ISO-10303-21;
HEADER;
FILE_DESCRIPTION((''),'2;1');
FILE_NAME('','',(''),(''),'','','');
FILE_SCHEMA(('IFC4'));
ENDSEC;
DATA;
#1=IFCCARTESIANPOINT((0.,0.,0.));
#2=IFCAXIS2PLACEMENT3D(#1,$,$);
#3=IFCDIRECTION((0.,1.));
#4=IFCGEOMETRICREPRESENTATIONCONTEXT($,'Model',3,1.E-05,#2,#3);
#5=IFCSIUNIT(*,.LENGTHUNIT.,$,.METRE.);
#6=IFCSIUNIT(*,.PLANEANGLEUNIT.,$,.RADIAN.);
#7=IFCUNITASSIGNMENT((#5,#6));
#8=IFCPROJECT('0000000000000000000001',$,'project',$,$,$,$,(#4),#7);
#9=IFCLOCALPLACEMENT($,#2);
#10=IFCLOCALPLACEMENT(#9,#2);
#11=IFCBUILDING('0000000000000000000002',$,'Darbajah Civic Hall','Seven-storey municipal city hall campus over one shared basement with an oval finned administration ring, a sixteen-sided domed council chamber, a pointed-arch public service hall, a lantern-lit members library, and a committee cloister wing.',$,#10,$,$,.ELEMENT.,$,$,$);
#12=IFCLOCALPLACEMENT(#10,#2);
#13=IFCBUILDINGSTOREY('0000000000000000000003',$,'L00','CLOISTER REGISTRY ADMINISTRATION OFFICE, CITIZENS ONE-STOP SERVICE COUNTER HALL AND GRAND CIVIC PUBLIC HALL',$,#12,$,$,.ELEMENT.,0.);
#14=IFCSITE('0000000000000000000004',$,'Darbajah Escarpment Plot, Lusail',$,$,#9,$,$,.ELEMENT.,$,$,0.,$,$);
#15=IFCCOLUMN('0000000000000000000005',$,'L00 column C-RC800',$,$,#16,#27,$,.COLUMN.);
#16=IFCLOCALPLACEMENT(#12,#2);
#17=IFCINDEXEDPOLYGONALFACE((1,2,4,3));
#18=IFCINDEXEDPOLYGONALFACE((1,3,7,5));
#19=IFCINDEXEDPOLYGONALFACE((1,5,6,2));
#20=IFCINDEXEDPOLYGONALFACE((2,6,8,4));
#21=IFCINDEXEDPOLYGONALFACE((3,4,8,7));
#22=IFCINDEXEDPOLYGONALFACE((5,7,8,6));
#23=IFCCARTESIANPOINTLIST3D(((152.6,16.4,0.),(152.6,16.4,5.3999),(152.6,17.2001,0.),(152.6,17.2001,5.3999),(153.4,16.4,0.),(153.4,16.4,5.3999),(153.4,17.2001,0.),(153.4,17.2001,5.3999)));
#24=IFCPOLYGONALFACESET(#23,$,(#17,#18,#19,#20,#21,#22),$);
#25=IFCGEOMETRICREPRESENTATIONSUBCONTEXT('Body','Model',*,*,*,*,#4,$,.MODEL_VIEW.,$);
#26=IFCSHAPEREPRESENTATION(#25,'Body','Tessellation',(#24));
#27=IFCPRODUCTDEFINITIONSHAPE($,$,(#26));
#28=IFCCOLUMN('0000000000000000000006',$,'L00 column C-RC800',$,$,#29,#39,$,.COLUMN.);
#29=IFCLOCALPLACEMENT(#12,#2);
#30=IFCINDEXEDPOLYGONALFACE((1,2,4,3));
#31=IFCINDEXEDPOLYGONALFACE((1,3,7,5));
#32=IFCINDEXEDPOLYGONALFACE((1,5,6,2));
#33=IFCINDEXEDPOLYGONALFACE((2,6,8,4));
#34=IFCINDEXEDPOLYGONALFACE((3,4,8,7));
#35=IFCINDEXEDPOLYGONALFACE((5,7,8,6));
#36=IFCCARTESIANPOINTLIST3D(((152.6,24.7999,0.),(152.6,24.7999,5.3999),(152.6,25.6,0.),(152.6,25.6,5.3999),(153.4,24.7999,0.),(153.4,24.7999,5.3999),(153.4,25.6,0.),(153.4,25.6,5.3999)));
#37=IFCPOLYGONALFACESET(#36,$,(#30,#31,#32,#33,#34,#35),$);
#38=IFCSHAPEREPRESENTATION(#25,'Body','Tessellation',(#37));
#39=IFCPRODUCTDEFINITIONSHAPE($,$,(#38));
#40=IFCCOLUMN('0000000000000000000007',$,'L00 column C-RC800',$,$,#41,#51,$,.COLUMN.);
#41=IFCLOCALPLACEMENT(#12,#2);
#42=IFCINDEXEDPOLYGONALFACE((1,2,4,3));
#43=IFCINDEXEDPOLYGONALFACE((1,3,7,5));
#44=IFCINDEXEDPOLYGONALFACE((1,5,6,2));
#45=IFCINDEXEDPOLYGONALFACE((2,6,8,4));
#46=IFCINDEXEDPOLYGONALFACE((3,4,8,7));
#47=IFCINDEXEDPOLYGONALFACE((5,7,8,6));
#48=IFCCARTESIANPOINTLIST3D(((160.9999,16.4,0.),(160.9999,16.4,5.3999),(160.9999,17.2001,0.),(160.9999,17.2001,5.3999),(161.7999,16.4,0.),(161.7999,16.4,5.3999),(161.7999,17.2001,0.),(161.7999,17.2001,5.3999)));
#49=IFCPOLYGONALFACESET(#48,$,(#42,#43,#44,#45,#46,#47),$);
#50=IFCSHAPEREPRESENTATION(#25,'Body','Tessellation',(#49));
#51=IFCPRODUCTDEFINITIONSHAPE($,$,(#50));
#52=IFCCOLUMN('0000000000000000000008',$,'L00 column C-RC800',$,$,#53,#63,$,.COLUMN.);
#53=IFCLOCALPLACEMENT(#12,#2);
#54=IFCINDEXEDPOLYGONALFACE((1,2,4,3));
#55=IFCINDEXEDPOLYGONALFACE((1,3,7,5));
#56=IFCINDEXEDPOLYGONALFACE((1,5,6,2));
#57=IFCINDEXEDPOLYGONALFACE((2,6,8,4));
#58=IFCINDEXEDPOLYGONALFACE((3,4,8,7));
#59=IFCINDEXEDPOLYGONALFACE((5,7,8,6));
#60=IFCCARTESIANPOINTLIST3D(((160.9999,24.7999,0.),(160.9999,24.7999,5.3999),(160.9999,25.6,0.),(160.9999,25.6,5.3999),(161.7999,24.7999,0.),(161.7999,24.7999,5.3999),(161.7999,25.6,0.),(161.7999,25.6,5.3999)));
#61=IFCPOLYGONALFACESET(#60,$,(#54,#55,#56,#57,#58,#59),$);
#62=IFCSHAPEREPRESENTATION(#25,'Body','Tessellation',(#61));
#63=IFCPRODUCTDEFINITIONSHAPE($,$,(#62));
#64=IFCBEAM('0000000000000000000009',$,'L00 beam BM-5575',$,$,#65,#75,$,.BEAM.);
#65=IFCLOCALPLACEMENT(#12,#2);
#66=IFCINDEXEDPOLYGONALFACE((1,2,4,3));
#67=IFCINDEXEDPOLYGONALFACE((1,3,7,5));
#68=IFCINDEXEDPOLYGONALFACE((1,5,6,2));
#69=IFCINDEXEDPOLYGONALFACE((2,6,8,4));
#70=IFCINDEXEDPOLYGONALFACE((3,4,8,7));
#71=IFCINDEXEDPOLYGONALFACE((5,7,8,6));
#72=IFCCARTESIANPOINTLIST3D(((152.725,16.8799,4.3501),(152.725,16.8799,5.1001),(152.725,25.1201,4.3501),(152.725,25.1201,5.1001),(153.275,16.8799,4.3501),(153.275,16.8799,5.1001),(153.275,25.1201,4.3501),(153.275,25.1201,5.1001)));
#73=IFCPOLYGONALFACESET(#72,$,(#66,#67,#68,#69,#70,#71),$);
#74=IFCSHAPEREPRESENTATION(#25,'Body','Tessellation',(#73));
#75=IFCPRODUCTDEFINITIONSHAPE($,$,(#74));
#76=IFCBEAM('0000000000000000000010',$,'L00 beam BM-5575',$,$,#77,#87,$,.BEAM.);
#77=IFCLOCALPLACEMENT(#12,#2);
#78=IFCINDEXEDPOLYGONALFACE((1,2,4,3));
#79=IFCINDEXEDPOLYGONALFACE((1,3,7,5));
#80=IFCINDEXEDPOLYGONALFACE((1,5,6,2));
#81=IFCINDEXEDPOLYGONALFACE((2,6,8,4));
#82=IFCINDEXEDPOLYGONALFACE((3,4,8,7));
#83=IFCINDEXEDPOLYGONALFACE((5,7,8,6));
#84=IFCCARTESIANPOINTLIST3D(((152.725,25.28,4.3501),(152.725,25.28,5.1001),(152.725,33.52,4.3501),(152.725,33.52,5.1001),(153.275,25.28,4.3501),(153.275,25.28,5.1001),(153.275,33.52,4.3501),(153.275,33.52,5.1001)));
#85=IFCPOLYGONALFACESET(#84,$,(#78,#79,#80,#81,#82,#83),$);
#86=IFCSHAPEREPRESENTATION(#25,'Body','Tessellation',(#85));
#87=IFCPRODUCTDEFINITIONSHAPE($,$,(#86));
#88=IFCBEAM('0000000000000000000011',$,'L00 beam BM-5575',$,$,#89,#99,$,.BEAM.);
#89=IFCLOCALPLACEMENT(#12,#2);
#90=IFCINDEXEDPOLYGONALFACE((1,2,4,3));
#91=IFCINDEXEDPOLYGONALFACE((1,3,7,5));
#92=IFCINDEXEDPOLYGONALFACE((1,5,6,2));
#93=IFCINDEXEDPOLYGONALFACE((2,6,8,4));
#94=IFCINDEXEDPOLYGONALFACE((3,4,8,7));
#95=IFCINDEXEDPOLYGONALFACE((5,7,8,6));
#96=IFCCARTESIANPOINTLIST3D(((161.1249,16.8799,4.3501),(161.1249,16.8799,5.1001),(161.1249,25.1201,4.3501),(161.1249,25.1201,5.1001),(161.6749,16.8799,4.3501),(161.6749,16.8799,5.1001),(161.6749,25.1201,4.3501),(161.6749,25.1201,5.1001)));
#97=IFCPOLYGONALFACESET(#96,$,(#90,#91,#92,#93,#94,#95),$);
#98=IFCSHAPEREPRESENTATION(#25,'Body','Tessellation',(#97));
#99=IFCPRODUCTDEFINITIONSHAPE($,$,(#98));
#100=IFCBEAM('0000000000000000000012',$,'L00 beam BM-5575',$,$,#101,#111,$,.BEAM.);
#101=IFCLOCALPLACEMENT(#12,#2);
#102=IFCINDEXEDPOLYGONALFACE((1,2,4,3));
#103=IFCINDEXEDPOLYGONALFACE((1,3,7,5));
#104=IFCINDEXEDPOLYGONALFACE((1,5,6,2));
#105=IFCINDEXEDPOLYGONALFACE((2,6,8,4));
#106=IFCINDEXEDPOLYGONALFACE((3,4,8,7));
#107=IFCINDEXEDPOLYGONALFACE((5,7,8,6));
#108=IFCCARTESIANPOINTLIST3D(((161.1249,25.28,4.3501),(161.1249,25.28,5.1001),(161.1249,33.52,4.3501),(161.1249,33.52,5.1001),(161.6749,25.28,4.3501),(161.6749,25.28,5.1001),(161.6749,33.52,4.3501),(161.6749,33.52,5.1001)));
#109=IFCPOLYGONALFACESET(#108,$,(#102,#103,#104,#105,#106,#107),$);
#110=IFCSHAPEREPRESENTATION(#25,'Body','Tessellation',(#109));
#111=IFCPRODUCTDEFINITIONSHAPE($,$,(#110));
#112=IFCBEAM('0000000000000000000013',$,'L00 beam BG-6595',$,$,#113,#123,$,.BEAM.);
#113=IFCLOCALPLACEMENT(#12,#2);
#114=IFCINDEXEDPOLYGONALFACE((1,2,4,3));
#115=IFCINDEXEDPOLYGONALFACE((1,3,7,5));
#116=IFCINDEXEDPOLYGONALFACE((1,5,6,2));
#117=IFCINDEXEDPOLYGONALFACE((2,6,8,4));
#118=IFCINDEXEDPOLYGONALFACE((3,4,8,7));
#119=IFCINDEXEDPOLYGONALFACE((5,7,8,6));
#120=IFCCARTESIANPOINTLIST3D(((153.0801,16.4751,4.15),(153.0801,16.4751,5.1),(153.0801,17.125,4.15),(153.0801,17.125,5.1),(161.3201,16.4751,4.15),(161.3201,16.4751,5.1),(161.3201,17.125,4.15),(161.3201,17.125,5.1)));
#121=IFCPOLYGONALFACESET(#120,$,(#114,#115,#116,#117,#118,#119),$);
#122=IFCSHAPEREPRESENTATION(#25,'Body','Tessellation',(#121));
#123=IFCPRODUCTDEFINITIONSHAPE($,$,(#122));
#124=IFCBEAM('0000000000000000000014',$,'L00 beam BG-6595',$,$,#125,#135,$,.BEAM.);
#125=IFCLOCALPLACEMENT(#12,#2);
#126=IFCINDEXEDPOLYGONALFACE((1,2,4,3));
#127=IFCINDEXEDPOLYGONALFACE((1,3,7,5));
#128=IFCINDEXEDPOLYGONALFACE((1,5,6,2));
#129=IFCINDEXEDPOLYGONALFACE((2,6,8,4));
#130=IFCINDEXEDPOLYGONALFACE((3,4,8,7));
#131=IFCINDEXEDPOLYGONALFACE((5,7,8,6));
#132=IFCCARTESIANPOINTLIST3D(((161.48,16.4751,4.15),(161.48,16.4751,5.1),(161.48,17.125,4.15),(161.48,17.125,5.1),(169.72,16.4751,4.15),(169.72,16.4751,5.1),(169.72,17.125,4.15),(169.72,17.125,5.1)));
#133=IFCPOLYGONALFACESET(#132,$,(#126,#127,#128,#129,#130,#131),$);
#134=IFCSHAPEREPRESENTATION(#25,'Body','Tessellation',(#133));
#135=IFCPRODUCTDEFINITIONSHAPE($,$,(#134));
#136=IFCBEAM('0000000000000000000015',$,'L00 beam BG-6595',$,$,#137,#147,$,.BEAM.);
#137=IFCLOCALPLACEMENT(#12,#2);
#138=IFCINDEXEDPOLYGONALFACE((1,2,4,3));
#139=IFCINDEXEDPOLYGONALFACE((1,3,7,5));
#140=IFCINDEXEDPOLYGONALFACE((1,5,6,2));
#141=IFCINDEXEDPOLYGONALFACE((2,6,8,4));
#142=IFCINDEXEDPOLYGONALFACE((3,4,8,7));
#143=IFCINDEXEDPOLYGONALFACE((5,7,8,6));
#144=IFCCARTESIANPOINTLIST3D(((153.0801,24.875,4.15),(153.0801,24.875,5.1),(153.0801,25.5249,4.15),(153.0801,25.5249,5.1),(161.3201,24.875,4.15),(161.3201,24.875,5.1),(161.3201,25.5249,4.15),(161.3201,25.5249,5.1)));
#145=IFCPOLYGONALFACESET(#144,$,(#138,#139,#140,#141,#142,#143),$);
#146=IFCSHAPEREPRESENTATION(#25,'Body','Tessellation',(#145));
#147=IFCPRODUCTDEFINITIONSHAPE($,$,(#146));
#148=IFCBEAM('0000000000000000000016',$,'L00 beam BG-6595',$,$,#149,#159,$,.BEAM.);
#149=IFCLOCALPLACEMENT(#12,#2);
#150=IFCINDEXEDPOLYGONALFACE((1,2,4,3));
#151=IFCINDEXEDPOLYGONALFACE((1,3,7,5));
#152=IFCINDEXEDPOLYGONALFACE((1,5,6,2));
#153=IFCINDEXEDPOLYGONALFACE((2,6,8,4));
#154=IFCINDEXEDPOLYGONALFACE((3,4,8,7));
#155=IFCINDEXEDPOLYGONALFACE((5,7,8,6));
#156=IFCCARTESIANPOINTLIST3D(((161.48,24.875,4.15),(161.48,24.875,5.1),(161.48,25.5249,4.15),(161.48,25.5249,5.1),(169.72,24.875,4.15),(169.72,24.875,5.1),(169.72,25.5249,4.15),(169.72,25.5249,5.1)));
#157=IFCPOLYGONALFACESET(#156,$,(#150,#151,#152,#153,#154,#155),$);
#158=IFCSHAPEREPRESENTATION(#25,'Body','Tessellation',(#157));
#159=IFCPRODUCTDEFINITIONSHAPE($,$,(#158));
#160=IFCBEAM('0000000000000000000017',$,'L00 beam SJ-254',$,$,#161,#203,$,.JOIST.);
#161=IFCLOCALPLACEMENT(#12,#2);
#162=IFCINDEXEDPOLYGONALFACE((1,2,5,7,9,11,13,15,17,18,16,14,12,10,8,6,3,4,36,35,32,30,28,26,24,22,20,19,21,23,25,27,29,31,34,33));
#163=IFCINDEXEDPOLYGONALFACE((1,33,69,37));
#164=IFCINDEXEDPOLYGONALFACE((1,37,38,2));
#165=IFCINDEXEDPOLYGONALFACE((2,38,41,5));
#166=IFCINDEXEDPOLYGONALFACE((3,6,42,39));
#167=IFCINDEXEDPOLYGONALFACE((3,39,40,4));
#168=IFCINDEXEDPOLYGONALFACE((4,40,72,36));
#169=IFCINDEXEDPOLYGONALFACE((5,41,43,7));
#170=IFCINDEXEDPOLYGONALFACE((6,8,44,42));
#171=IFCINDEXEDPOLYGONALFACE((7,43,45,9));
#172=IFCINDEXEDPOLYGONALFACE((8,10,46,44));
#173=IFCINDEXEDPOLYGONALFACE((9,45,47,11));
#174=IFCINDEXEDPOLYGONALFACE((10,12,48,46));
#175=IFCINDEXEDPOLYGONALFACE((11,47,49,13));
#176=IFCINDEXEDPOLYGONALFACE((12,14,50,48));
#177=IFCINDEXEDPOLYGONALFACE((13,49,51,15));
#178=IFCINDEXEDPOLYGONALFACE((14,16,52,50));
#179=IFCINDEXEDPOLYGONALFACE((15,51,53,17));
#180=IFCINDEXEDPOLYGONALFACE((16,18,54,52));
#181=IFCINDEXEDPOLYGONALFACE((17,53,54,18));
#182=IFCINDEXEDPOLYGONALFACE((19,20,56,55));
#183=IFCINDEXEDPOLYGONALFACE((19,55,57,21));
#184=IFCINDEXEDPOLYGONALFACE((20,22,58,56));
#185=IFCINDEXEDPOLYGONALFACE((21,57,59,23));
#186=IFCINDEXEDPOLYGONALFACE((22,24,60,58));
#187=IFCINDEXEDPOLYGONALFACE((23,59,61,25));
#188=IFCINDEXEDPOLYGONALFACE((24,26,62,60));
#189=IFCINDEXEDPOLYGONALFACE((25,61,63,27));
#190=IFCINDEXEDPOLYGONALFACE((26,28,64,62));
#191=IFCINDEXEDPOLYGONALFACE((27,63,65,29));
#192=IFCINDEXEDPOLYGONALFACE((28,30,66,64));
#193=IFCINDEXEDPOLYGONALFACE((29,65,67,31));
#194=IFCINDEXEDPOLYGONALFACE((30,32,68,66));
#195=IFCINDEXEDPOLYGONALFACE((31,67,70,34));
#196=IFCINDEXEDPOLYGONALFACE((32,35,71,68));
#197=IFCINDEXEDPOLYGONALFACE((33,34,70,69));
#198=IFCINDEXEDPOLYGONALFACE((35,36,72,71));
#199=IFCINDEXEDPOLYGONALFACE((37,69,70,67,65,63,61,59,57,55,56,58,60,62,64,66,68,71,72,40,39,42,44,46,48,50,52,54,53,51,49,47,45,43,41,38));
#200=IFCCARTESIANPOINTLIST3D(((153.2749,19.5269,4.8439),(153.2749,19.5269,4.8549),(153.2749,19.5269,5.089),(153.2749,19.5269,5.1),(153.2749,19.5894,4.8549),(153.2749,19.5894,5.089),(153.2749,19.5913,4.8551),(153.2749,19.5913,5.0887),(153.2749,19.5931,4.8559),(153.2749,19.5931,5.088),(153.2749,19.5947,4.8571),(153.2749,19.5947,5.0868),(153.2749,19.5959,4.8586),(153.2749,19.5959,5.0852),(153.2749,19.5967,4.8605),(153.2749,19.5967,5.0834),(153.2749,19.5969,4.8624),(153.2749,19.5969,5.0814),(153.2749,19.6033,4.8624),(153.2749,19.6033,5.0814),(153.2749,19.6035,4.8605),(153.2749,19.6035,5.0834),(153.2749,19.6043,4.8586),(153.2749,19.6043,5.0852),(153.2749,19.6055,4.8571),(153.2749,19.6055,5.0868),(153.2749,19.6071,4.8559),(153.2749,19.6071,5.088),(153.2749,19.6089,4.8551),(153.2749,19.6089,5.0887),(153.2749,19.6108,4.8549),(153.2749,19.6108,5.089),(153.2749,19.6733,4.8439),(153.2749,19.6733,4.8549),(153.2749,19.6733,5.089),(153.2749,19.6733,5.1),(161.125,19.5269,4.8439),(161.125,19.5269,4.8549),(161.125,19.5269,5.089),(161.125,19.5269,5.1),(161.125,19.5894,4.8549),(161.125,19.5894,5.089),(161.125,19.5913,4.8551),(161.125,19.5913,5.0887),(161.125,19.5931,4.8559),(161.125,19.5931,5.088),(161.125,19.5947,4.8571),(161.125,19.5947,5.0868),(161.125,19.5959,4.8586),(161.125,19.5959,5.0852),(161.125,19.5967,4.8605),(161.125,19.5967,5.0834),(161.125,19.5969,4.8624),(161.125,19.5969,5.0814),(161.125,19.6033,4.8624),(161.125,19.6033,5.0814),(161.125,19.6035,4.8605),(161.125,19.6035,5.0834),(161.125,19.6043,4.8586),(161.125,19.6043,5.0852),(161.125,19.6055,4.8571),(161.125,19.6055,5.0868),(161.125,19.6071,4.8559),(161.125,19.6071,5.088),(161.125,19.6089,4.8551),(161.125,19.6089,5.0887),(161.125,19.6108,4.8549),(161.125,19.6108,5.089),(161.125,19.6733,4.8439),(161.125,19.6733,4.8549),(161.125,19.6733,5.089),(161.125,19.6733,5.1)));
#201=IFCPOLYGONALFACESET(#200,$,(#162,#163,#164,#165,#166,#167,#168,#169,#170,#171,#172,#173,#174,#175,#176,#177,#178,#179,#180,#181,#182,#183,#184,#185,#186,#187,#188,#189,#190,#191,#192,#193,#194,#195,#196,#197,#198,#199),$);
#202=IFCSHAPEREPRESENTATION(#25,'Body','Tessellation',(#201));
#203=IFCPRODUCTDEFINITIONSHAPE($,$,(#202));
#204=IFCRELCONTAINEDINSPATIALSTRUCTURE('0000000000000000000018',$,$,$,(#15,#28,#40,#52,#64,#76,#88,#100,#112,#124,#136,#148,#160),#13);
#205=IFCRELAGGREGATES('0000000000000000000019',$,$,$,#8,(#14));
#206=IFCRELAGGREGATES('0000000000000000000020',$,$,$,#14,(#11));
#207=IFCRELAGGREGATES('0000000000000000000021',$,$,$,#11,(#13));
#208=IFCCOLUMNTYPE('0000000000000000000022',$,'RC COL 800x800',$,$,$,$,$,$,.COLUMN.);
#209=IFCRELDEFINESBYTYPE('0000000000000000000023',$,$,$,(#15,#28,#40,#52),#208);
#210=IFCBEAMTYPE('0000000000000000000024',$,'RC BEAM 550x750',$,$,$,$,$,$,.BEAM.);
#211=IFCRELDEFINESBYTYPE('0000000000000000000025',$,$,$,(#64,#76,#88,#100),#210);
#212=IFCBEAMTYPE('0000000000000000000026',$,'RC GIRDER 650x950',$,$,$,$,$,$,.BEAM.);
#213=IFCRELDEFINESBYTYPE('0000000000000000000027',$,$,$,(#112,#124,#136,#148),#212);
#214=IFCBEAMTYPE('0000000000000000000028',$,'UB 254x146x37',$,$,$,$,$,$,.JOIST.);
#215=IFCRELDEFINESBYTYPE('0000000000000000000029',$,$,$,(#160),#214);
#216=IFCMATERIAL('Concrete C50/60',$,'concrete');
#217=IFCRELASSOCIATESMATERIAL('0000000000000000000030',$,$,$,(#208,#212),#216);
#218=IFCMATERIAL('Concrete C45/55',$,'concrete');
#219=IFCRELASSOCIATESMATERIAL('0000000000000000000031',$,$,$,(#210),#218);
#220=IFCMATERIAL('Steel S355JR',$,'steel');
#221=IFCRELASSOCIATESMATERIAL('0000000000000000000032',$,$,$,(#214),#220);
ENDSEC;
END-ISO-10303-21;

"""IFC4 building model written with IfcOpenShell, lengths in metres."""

from ifc_helpers import new_model, si_unit, direction, frame, origin, origin_2d, place, context, subcontext, project, spatial, rectangle, i_section, extrude, material, material_profile, profile_set, type_object, element, save


model = new_model("IFC4")

# Units and contexts
model_context = context("Model", 3, precision=1e-05, world=origin(), true_north=direction((0.0, 1.0)))
body_context = subcontext(model_context, "Body", "Model", "MODEL_VIEW")
ifc_project = project(units=[si_unit("LENGTHUNIT", "METRE"), si_unit("PLANEANGLEUNIT", "RADIAN")], contexts=[model_context])

# Site, building, storey
site_placement = place(None, origin())
site = spatial("IfcSite", under=ifc_project, at=site_placement, Name="Darbajah Escarpment Plot, Lusail", CompositionType="ELEMENT", RefElevation=0.0)
building_placement = place(site_placement, origin())
building = spatial("IfcBuilding", under=site, at=building_placement, Name="Darbajah Civic Hall", Description="Seven-storey municipal city hall campus over one shared basement with an oval finned administration ring, a sixteen-sided domed council chamber, a pointed-arch public service hall, a lantern-lit members library, and a committee cloister wing.", CompositionType="ELEMENT")
storey_placement = place(building_placement, origin())
storey = spatial("IfcBuildingStorey", under=building, at=storey_placement, Name="L00", Description="CLOISTER REGISTRY ADMINISTRATION OFFICE, CITIZENS ONE-STOP SERVICE COUNTER HALL AND GRAND CIVIC PUBLIC HALL", CompositionType="ELEMENT", Elevation=0.0)

# Columns
ifc_material_1 = material(Name="Concrete C50/60", Category="concrete")
ifc_material_profile_1 = material_profile(ifc_material_1, rectangle(XDim=0.8, YDim=0.8, at=origin_2d()), Name="RC COL 800x800")
ifc_profile_set_1 = profile_set([ifc_material_profile_1], Name="Concrete C50/60")
column_type = type_object("IfcColumnType", Name="RC COL 800x800", PredefinedType="COLUMN", material=ifc_profile_set_1)
for number, where, z_axis, x_axis, name in (
    (1, (153.0, 16.8, 0.0), (0.0, 0.0, 1.0), (1.0, 0.0, 0.0), "L00 column C-RC800"),
    (2, (153.0, 25.2, 0.0), (0.0, 0.0, 1.0), (1.0, 0.0, 0.0), "L00 column C-RC800"),
    (3, (161.3999, 16.8, 0.0), (0.0, 0.0, 1.0), (1.0, 0.0, 0.0), "L00 column C-RC800"),
    (4, (161.3999, 25.2, 0.0), (0.0, 0.0, 1.0), (1.0, 0.0, 0.0), "L00 column C-RC800"),
):
    element("IfcColumn", number, at=place(storey_placement, frame(where, z_axis=z_axis, x_axis=x_axis)), inside=storey, type_object=column_type, Name=name, PredefinedType="COLUMN", context=body_context, shape_type="SweptSolid", body=[
        extrude(rectangle(XDim=0.8, YDim=0.8, at=origin_2d()), origin(), (0.0, 0.0, 1.0), 5.3999),
    ])

# Beams
ifc_material_2 = material(Name="Concrete C45/55", Category="concrete")
ifc_material_profile_2 = material_profile(ifc_material_2, rectangle(XDim=0.55, YDim=0.75, at=origin_2d()), Name="RC BEAM 550x750")
ifc_profile_set_2 = profile_set([ifc_material_profile_2], Name="Concrete C45/55")
beam_type_1 = type_object("IfcBeamType", Name="RC BEAM 550x750", PredefinedType="BEAM", material=ifc_profile_set_2)
beam_1_placement = place(storey_placement, frame((153.0, 16.8799, 4.7251), z_axis=(0.0, 1.0, 0.0), x_axis=(-1.0, 0.0, 0.0)))
element("IfcBeam", 5, at=beam_1_placement, inside=storey, type_object=beam_type_1, Name="L00 beam BM-5575", PredefinedType="BEAM", context=body_context, shape_type="SweptSolid", body=[
    extrude(rectangle(XDim=0.55, YDim=0.75, at=origin_2d()), origin(), (0.0, 0.0, 1.0), 8.2402),
])
beam_2_placement = place(storey_placement, frame((153.0, 25.28, 4.7251), z_axis=(0.0, 1.0, 0.0), x_axis=(-1.0, 0.0, 0.0)))
element("IfcBeam", 6, at=beam_2_placement, inside=storey, type_object=beam_type_1, Name="L00 beam BM-5575", PredefinedType="BEAM", context=body_context, shape_type="SweptSolid", body=[
    extrude(rectangle(XDim=0.55, YDim=0.75, at=origin_2d()), origin(), (0.0, 0.0, 1.0), 8.24),
])
beam_3_placement = place(storey_placement, frame((161.3999, 16.8799, 4.7251), z_axis=(0.0, 1.0, 0.0), x_axis=(-1.0, 0.0, 0.0)))
element("IfcBeam", 7, at=beam_3_placement, inside=storey, type_object=beam_type_1, Name="L00 beam BM-5575", PredefinedType="BEAM", context=body_context, shape_type="SweptSolid", body=[
    extrude(rectangle(XDim=0.55, YDim=0.75, at=origin_2d()), origin(), (0.0, 0.0, 1.0), 8.2402),
])
beam_4_placement = place(storey_placement, frame((161.3999, 25.28, 4.7251), z_axis=(0.0, 1.0, 0.0), x_axis=(-1.0, 0.0, 0.0)))
element("IfcBeam", 8, at=beam_4_placement, inside=storey, type_object=beam_type_1, Name="L00 beam BM-5575", PredefinedType="BEAM", context=body_context, shape_type="SweptSolid", body=[
    extrude(rectangle(XDim=0.55, YDim=0.75, at=origin_2d()), origin(), (0.0, 0.0, 1.0), 8.24),
])
ifc_material_profile_3 = material_profile(ifc_material_1, rectangle(XDim=0.6499, YDim=0.95, at=origin_2d()), Name="RC GIRDER 650x950")
ifc_profile_set_3 = profile_set([ifc_material_profile_3], Name="Concrete C50/60")
beam_type_2 = type_object("IfcBeamType", Name="RC GIRDER 650x950", PredefinedType="BEAM", material=ifc_profile_set_3)
for number, where, z_axis, x_axis, name in (
    (9, (153.0801, 16.8, 4.625), (1.0, 0.0, 0.0), (0.0, 1.0, 0.0), "L00 beam BG-6595"),
    (10, (161.48, 16.8, 4.625), (1.0, 0.0, 0.0), (0.0, 1.0, 0.0), "L00 beam BG-6595"),
    (11, (153.0801, 25.2, 4.625), (1.0, 0.0, 0.0), (0.0, 1.0, 0.0), "L00 beam BG-6595"),
    (12, (161.48, 25.2, 4.625), (1.0, 0.0, 0.0), (0.0, 1.0, 0.0), "L00 beam BG-6595"),
):
    element("IfcBeam", number, at=place(storey_placement, frame(where, z_axis=z_axis, x_axis=x_axis)), inside=storey, type_object=beam_type_2, Name=name, PredefinedType="BEAM", context=body_context, shape_type="SweptSolid", body=[
        extrude(rectangle(XDim=0.6499, YDim=0.95, at=origin_2d()), origin(), (0.0, 0.0, 1.0), 8.24),
    ])
ifc_material_3 = material(Name="Steel S355JR", Category="steel")
ifc_material_profile_4 = material_profile(ifc_material_3, i_section(OverallWidth=0.1465, OverallDepth=0.2561, WebThickness=0.0063, FlangeThickness=0.011, FilletRadius=0.0076, at=origin_2d()), Name="UB 254x146x37")
ifc_profile_set_4 = profile_set([ifc_material_profile_4], Name="Steel S355JR")
beam_type_3 = type_object("IfcBeamType", Name="UB 254x146x37", PredefinedType="JOIST", material=ifc_profile_set_4)
for number, where, z_axis, x_axis, name in (
    (13, (153.2749, 19.6001, 4.9719), (1.0, 0.0, 0.0), (0.0, 1.0, 0.0), "L00 beam SJ-254"),
):
    element("IfcBeam", number, at=place(storey_placement, frame(where, z_axis=z_axis, x_axis=x_axis)), inside=storey, type_object=beam_type_3, Name=name, PredefinedType="JOIST", context=body_context, shape_type="SweptSolid", body=[
        extrude(i_section(OverallWidth=0.1465, OverallDepth=0.2561, WebThickness=0.0063, FlangeThickness=0.011, FilletRadius=0.0076, at=origin_2d()), origin(), (0.0, 0.0, 1.0), 7.8501),
    ])

save(model, "model.ifc")
